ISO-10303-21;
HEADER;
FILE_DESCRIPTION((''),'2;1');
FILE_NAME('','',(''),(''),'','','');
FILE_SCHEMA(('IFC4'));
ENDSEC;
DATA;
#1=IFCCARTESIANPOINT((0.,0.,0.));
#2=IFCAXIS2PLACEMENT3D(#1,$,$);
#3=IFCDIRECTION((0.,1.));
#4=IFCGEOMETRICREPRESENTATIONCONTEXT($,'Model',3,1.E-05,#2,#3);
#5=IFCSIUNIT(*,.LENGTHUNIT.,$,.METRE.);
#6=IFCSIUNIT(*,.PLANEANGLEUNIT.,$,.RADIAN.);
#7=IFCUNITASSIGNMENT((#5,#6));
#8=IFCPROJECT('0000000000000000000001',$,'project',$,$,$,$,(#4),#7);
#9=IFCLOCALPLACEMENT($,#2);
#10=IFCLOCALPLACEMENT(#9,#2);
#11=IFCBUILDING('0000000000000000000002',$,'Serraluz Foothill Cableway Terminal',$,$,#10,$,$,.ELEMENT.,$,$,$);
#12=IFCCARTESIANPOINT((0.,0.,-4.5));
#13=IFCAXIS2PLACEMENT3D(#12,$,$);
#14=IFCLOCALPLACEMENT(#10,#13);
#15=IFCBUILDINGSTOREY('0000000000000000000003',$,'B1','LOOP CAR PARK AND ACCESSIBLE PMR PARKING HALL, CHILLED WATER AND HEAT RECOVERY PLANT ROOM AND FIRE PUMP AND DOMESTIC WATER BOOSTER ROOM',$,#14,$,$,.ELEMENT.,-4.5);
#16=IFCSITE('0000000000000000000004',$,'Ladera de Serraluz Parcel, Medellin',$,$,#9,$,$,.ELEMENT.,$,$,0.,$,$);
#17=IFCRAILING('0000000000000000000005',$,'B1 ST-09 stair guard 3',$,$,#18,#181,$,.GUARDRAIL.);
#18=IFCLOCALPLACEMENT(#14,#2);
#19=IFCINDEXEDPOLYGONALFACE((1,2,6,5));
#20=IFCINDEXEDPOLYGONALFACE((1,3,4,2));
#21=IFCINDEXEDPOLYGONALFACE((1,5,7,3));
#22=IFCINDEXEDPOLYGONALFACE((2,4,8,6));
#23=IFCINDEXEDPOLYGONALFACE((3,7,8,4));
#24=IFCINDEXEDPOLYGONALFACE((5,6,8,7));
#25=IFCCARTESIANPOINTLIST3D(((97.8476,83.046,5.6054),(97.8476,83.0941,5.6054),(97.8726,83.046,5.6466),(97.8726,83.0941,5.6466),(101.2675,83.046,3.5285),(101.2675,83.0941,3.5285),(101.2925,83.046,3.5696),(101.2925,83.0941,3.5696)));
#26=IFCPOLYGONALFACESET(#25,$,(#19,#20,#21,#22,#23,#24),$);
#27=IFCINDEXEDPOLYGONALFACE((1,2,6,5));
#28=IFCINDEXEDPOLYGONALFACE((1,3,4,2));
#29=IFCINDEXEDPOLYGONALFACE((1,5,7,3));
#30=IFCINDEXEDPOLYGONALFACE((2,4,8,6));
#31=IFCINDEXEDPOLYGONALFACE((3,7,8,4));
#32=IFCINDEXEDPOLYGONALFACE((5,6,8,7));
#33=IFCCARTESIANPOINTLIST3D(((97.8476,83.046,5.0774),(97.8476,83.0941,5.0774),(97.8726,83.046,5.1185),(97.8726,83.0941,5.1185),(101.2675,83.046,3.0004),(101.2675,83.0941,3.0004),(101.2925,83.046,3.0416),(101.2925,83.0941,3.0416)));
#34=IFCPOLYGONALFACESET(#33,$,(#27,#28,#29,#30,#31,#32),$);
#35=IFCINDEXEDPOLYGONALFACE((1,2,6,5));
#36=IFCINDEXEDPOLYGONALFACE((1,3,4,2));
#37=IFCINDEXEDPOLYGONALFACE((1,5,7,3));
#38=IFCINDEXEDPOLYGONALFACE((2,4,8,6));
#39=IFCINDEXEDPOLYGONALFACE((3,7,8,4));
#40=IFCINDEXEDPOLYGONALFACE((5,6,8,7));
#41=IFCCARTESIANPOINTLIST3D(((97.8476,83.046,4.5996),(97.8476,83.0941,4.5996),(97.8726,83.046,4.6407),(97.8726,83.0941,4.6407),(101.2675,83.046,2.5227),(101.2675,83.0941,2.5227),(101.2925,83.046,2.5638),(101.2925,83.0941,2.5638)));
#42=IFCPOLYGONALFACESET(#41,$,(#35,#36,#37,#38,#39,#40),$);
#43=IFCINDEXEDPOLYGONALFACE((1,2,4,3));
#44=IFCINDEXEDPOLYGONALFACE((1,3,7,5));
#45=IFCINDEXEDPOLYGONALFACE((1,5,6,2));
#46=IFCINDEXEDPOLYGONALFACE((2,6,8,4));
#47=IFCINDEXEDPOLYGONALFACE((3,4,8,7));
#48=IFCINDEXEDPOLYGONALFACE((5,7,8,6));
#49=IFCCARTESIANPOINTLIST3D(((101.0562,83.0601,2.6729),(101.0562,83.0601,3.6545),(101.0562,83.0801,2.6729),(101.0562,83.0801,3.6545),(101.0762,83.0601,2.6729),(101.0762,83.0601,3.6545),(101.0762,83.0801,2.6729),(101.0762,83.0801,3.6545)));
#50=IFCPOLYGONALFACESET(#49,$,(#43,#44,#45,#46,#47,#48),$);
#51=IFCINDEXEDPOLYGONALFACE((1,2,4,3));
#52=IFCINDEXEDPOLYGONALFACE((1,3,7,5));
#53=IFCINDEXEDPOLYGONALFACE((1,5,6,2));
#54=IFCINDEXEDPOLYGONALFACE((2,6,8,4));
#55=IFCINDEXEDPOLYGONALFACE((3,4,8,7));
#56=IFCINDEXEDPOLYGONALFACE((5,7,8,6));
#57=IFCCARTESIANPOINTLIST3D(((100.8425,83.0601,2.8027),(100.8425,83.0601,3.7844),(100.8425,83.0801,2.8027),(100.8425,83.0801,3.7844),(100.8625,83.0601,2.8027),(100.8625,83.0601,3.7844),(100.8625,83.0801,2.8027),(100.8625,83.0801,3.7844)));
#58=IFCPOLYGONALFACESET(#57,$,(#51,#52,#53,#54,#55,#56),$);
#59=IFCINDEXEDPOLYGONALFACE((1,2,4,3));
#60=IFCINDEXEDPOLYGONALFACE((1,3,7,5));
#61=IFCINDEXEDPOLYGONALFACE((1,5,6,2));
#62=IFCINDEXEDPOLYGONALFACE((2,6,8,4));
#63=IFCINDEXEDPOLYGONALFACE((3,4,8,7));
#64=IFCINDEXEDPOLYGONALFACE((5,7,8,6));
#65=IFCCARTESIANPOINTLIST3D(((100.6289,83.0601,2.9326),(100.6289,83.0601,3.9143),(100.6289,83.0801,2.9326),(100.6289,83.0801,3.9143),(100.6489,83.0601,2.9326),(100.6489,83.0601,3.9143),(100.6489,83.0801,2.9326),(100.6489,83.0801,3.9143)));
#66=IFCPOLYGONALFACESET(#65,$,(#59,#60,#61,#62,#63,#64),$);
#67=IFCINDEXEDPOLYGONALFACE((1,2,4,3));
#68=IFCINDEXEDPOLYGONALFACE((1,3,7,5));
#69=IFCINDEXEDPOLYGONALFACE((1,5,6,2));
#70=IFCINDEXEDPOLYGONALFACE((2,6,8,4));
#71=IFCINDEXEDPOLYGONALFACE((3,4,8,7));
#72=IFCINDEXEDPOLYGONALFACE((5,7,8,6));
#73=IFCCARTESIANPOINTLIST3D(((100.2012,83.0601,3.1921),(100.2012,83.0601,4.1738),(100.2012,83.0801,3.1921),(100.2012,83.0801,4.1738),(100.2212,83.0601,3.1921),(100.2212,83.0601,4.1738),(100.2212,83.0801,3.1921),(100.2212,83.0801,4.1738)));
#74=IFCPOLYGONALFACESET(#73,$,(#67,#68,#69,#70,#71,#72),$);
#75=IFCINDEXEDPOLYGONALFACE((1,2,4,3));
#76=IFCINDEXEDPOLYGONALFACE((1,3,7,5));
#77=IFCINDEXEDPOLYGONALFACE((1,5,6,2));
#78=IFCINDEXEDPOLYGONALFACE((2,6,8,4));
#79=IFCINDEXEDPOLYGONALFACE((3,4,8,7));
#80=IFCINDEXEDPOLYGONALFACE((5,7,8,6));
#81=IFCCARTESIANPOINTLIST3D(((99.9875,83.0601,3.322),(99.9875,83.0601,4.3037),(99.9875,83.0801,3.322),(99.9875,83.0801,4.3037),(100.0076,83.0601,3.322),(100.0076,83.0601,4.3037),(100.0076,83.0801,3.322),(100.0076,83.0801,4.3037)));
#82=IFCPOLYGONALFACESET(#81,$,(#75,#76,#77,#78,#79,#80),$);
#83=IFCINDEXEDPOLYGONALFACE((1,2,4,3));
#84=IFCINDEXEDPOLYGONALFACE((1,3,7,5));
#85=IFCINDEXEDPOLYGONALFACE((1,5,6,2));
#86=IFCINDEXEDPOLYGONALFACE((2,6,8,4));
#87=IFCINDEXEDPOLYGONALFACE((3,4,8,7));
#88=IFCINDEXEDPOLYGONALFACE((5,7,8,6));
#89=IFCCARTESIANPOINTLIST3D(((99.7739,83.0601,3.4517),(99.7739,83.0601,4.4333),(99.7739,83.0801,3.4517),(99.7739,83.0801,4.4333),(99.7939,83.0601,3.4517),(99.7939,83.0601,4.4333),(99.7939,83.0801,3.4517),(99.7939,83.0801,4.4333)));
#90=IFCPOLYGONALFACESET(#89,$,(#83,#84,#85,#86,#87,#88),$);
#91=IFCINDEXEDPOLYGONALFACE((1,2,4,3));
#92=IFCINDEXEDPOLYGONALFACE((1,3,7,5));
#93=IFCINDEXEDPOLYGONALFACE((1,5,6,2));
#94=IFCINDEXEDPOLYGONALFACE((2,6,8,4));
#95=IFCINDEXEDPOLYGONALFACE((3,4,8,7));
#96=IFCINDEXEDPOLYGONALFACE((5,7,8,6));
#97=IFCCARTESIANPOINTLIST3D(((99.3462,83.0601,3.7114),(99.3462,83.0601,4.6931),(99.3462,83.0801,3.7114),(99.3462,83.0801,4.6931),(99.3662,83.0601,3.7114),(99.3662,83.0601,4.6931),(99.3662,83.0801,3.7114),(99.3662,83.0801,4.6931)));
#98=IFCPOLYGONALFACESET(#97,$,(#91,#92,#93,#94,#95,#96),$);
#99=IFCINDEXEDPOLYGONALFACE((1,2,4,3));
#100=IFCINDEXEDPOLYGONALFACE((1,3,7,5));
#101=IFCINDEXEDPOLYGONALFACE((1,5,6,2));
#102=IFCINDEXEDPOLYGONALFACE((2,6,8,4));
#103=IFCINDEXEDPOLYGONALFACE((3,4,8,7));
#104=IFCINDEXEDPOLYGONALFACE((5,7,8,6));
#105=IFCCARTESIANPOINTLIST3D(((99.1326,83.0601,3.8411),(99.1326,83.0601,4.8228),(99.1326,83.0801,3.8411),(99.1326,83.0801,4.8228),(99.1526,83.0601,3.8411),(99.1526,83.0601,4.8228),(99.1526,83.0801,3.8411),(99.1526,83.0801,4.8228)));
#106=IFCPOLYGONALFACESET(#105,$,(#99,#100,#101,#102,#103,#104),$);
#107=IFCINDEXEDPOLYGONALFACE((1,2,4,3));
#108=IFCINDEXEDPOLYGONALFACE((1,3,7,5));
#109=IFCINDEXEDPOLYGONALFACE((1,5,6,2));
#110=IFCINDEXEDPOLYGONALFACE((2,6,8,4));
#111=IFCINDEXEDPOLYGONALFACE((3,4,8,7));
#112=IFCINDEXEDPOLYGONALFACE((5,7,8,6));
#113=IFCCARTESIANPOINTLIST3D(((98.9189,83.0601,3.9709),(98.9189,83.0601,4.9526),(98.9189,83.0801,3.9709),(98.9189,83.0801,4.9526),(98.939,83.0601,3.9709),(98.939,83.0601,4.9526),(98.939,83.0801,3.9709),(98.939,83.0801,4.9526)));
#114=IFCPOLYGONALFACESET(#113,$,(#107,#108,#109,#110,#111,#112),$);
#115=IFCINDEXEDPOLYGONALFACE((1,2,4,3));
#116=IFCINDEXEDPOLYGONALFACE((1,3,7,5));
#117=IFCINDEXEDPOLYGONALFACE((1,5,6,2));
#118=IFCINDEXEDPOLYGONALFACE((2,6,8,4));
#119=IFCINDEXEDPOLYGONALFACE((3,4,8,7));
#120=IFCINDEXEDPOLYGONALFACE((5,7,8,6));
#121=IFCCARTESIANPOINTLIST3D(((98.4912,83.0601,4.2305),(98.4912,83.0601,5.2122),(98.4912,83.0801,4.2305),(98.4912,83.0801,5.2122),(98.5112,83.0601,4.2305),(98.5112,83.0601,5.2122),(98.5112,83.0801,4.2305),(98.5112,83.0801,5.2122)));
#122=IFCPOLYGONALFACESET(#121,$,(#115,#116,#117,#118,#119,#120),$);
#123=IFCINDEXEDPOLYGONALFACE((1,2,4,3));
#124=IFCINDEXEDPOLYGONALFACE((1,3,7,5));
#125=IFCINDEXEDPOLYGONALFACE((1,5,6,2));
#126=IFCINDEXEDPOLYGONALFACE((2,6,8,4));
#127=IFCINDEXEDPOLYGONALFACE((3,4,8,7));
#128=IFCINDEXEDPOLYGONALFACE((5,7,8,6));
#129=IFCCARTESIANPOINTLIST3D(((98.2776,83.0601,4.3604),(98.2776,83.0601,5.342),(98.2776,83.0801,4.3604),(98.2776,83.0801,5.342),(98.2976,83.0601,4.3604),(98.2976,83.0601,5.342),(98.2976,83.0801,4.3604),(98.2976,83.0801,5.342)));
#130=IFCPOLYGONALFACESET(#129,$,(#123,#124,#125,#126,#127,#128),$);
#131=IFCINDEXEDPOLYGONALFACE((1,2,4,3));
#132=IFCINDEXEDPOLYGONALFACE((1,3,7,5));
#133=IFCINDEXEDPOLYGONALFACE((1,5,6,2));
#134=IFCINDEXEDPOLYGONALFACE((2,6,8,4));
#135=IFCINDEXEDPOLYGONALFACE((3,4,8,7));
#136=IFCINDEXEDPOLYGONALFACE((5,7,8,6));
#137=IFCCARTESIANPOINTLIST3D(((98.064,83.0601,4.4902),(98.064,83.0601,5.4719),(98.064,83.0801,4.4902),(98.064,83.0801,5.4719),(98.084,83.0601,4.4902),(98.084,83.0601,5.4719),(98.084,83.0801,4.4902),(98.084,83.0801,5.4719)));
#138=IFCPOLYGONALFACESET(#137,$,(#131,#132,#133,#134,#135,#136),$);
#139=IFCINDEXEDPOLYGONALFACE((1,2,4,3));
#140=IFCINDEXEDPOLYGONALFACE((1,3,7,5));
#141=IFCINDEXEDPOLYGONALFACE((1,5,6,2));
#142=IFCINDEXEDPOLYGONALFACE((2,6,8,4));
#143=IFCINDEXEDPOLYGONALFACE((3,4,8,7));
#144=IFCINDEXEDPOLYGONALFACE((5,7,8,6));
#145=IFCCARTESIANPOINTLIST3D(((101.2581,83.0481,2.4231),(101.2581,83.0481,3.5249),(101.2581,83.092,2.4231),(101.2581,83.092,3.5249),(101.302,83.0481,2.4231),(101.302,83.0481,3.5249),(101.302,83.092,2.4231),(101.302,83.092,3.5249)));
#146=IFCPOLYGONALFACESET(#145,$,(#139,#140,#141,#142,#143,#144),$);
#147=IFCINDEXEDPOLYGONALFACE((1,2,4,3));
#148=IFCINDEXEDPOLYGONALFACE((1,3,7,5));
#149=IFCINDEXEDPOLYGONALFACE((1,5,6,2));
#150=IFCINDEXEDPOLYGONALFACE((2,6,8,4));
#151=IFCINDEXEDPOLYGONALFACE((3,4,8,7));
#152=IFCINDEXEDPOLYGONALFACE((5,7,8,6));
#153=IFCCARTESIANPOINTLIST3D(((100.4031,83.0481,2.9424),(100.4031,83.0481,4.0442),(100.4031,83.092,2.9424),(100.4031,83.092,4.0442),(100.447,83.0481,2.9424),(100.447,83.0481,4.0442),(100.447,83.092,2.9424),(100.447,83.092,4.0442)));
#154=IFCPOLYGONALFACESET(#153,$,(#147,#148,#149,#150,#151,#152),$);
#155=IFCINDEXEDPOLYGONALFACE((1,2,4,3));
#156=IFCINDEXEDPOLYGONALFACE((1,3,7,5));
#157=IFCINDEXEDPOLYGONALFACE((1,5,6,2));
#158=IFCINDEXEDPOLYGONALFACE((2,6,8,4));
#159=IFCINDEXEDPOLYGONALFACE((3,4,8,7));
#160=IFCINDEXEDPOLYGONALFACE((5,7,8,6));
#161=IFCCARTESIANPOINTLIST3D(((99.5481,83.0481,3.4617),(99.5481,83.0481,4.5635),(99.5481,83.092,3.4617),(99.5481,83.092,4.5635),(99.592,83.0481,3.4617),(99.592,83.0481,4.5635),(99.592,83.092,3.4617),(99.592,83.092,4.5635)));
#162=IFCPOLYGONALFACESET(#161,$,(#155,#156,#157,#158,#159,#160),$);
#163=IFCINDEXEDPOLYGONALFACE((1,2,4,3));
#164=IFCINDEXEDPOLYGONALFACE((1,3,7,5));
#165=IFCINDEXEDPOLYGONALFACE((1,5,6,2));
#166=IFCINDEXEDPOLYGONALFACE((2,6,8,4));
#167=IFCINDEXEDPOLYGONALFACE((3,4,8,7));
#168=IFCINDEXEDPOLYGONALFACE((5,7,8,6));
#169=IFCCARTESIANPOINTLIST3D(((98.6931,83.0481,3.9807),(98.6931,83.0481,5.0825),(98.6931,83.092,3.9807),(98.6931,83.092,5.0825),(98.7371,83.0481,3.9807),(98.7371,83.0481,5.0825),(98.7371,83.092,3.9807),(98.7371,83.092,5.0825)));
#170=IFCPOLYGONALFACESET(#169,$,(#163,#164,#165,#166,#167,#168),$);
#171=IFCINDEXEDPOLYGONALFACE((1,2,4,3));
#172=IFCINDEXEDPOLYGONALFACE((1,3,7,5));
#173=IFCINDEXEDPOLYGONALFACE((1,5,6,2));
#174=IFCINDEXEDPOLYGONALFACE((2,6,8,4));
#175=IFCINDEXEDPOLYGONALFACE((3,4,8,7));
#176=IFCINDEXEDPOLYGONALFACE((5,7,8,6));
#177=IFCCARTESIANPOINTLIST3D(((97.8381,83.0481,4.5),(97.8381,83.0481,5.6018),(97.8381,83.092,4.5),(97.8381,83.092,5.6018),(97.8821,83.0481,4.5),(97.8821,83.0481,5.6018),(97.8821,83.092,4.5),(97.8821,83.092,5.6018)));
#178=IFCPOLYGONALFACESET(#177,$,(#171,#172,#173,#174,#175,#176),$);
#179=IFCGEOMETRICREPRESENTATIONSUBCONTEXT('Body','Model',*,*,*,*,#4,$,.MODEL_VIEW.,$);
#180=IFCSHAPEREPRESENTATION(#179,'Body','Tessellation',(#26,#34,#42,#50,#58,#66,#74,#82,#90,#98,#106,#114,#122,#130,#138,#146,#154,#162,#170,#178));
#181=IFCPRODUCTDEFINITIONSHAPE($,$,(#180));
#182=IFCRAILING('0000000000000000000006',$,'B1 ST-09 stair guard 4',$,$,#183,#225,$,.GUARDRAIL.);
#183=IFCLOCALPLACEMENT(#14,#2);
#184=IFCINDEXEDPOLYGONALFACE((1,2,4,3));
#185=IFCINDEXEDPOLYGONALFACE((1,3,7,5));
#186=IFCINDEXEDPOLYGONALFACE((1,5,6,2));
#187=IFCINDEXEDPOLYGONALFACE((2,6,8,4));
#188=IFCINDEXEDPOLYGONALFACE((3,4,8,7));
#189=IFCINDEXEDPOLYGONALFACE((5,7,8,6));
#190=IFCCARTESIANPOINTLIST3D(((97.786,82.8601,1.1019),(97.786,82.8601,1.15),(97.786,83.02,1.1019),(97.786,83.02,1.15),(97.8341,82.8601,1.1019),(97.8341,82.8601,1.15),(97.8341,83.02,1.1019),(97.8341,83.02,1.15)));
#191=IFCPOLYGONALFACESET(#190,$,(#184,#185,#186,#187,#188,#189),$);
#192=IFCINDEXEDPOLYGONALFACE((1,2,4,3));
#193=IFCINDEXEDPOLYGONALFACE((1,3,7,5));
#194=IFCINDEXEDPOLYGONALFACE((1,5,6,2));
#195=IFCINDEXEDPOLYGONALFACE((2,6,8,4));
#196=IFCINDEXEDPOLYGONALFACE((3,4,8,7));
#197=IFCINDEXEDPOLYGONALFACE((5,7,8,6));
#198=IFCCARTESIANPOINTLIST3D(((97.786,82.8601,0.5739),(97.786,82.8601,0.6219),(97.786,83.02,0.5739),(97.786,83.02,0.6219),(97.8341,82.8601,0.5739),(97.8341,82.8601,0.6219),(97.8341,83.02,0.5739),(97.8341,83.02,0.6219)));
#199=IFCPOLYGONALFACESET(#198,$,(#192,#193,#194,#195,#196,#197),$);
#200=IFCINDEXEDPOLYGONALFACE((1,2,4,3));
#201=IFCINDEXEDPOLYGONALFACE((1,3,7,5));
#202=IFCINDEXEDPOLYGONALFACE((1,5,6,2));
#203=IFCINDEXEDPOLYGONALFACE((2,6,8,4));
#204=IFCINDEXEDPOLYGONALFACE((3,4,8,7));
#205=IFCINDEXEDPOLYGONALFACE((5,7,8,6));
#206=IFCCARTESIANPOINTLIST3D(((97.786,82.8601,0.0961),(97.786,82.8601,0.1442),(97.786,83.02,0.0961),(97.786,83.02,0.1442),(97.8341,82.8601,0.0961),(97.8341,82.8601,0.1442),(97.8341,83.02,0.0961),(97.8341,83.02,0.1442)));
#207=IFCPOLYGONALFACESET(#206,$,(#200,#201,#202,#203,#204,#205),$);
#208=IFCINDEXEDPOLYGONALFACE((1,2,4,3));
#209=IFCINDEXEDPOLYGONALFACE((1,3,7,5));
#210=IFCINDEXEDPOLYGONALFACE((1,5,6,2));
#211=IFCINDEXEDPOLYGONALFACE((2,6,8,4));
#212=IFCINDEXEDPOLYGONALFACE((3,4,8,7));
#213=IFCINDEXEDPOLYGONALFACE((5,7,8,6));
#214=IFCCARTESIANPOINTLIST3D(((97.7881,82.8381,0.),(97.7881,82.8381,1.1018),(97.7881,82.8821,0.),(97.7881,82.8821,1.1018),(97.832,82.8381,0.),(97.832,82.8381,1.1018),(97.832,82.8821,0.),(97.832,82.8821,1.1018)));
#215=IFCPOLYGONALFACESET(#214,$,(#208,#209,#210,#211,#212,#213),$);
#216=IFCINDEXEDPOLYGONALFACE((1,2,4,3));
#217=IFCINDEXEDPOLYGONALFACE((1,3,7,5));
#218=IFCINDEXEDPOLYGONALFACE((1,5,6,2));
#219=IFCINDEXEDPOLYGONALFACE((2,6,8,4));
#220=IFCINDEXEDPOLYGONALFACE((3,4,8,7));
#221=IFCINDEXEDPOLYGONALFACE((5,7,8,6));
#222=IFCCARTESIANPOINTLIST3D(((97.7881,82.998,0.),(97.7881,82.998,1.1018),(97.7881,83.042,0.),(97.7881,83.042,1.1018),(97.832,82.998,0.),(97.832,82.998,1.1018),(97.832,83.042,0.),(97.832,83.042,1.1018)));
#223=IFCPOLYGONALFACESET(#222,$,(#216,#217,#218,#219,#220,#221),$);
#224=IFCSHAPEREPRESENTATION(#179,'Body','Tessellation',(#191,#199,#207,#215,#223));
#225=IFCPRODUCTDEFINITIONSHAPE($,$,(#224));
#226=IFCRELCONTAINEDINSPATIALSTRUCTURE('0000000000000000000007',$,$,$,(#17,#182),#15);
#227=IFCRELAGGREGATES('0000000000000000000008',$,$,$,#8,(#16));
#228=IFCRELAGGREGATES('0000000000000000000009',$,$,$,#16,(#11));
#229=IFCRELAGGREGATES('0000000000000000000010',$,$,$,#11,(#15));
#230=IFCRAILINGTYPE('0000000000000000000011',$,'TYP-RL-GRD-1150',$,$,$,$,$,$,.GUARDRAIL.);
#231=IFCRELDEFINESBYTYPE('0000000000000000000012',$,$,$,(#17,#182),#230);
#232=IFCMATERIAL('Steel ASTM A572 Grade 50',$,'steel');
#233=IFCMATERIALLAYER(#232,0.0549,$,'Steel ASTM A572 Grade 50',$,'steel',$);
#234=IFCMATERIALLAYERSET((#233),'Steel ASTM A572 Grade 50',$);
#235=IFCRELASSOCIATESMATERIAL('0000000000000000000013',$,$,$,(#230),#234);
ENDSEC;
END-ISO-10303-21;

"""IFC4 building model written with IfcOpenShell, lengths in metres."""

from ifc_helpers import new_model, si_unit, direction, frame, origin, origin_2d, place, context, subcontext, project, spatial, rectangle, extrude, material, layer, layer_set, type_object, element, save


model = new_model("IFC4")

# Units and contexts
model_context = context("Model", 3, precision=1e-05, world=origin(), true_north=direction((0.0, 1.0)))
body_context = subcontext(model_context, "Body", "Model", "MODEL_VIEW")
ifc_project = project(units=[si_unit("LENGTHUNIT", "METRE"), si_unit("PLANEANGLEUNIT", "RADIAN")], contexts=[model_context])

# Site, building, storey
site_placement = place(None, origin())
site = spatial("IfcSite", under=ifc_project, at=site_placement, Name="Ladera de Serraluz Parcel, Medellin", CompositionType="ELEMENT", RefElevation=0.0)
building_placement = place(site_placement, origin())
building = spatial("IfcBuilding", under=site, at=building_placement, Name="Serraluz Foothill Cableway Terminal", CompositionType="ELEMENT")
storey_placement = place(building_placement, frame((0.0, 0.0, -4.5)))
storey = spatial("IfcBuildingStorey", under=building, at=storey_placement, Name="B1", Description="LOOP CAR PARK AND ACCESSIBLE PMR PARKING HALL, CHILLED WATER AND HEAT RECOVERY PLANT ROOM AND FIRE PUMP AND DOMESTIC WATER BOOSTER ROOM", CompositionType="ELEMENT", Elevation=-4.5)

# Railings
ifc_material_1 = material(Name="Steel ASTM A572 Grade 50", Category="steel")
ifc_layer_1 = layer(ifc_material_1, 0.0549, Name="Steel ASTM A572 Grade 50", Category="steel")
ifc_layer_set_1 = layer_set([ifc_layer_1], Name="Steel ASTM A572 Grade 50")
railing_type_1 = type_object("IfcRailingType", Name="TYP-RL-GRD-1150", PredefinedType="GUARDRAIL", material=ifc_layer_set_1)
railing_1_placement = place(storey_placement, frame((101.28, 83.0701, 2.4231)))
element("IfcRailing", 1, at=railing_1_placement, inside=storey, type_object=railing_type_1, Name="B1 ST-09 stair guard 3", PredefinedType="GUARDRAIL", context=body_context, shape_type="SweptSolid", body=[
    extrude(rectangle(XDim=0.0481, YDim=0.0481, at=origin_2d()), frame((0.0, 0.0, 1.126), z_axis=(-0.85473, 0.0, 0.519074), x_axis=(0.0, -1.0, 0.0)), (0.0, 0.0, 1.0), 4.0012),
    extrude(rectangle(XDim=0.0481, YDim=0.0481, at=origin_2d()), frame((0.0, 0.0, 0.5979), z_axis=(-0.85473, 0.0, 0.519074), x_axis=(0.0, -1.0, 0.0)), (0.0, 0.0, 1.0), 4.0012),
    extrude(rectangle(XDim=0.0481, YDim=0.0481, at=origin_2d()), frame((0.0, 0.0, 0.1201), z_axis=(-0.85473, 0.0, 0.519074), x_axis=(0.0, -1.0, 0.0)), (0.0, 0.0, 1.0), 4.0012),
    extrude(rectangle(XDim=0.02, YDim=0.02, at=origin_2d()), frame((-0.2139, 0.0, 0.2498)), (0.0, 0.0, 1.0), 0.9817),
    extrude(rectangle(XDim=0.02, YDim=0.02, at=origin_2d()), frame((-0.4275, 0.0, 0.3796)), (0.0, 0.0, 1.0), 0.9817),
    extrude(rectangle(XDim=0.02, YDim=0.02, at=origin_2d()), frame((-0.6411, 0.0, 0.5095)), (0.0, 0.0, 1.0), 0.9817),
    extrude(rectangle(XDim=0.02, YDim=0.02, at=origin_2d()), frame((-1.0688, 0.0, 0.769)), (0.0, 0.0, 1.0), 0.9817),
    extrude(rectangle(XDim=0.02, YDim=0.02, at=origin_2d()), frame((-1.2825, 0.0, 0.8989)), (0.0, 0.0, 1.0), 0.9817),
    extrude(rectangle(XDim=0.02, YDim=0.02, at=origin_2d()), frame((-1.4961, 0.0, 1.0286)), (0.0, 0.0, 1.0), 0.9817),
    extrude(rectangle(XDim=0.02, YDim=0.02, at=origin_2d()), frame((-1.9238, 0.0, 1.2883)), (0.0, 0.0, 1.0), 0.9817),
    extrude(rectangle(XDim=0.02, YDim=0.02, at=origin_2d()), frame((-2.1375, 0.0, 1.418)), (0.0, 0.0, 1.0), 0.9817),
    extrude(rectangle(XDim=0.02, YDim=0.02, at=origin_2d()), frame((-2.3511, 0.0, 1.5479)), (0.0, 0.0, 1.0), 0.9817),
    extrude(rectangle(XDim=0.02, YDim=0.02, at=origin_2d()), frame((-2.7788, 0.0, 1.8074)), (0.0, 0.0, 1.0), 0.9817),
    extrude(rectangle(XDim=0.02, YDim=0.02, at=origin_2d()), frame((-2.9924, 0.0, 1.9373)), (0.0, 0.0, 1.0), 0.9817),
    extrude(rectangle(XDim=0.02, YDim=0.02, at=origin_2d()), frame((-3.2061, 0.0, 2.0671)), (0.0, 0.0, 1.0), 0.9817),
    extrude(rectangle(XDim=0.0439, YDim=0.0439, at=origin_2d()), origin(), (0.0, 0.0, 1.0), 1.1018),
    extrude(rectangle(XDim=0.0439, YDim=0.0439, at=origin_2d()), frame((-0.855, 0.0, 0.5193)), (0.0, 0.0, 1.0), 1.1018),
    extrude(rectangle(XDim=0.0439, YDim=0.0439, at=origin_2d()), frame((-1.71, 0.0, 1.0386)), (0.0, 0.0, 1.0), 1.1018),
    extrude(rectangle(XDim=0.0439, YDim=0.0439, at=origin_2d()), frame((-2.5649, 0.0, 1.5576)), (0.0, 0.0, 1.0), 1.1018),
    extrude(rectangle(XDim=0.0439, YDim=0.0439, at=origin_2d()), frame((-3.4199, 0.0, 2.0769)), (0.0, 0.0, 1.0), 1.1018),
])
railing_2_placement = place(storey_placement, frame((97.8101, 82.8601, 0.0)))
element("IfcRailing", 2, at=railing_2_placement, inside=storey, type_object=railing_type_1, Name="B1 ST-09 stair guard 4", PredefinedType="GUARDRAIL", context=body_context, shape_type="SweptSolid", body=[
    extrude(rectangle(XDim=0.0481, YDim=0.0481, at=origin_2d()), frame((0.0, 0.0, 1.126), z_axis=(0.0, 1.0, 0.0), x_axis=(-1.0, 0.0, 0.0)), (0.0, 0.0, 1.0), 0.1599),
    extrude(rectangle(XDim=0.0481, YDim=0.0481, at=origin_2d()), frame((0.0, 0.0, 0.5979), z_axis=(0.0, 1.0, 0.0), x_axis=(-1.0, 0.0, 0.0)), (0.0, 0.0, 1.0), 0.1599),
    extrude(rectangle(XDim=0.0481, YDim=0.0481, at=origin_2d()), frame((0.0, 0.0, 0.1201), z_axis=(0.0, 1.0, 0.0), x_axis=(-1.0, 0.0, 0.0)), (0.0, 0.0, 1.0), 0.1599),
    extrude(rectangle(XDim=0.0439, YDim=0.0439, at=origin_2d()), origin(), (0.0, 0.0, 1.0), 1.1018),
    extrude(rectangle(XDim=0.0439, YDim=0.0439, at=origin_2d()), frame((0.0, 0.1599, 0.0)), (0.0, 0.0, 1.0), 1.1018),
])

save(model, "model.ifc")
